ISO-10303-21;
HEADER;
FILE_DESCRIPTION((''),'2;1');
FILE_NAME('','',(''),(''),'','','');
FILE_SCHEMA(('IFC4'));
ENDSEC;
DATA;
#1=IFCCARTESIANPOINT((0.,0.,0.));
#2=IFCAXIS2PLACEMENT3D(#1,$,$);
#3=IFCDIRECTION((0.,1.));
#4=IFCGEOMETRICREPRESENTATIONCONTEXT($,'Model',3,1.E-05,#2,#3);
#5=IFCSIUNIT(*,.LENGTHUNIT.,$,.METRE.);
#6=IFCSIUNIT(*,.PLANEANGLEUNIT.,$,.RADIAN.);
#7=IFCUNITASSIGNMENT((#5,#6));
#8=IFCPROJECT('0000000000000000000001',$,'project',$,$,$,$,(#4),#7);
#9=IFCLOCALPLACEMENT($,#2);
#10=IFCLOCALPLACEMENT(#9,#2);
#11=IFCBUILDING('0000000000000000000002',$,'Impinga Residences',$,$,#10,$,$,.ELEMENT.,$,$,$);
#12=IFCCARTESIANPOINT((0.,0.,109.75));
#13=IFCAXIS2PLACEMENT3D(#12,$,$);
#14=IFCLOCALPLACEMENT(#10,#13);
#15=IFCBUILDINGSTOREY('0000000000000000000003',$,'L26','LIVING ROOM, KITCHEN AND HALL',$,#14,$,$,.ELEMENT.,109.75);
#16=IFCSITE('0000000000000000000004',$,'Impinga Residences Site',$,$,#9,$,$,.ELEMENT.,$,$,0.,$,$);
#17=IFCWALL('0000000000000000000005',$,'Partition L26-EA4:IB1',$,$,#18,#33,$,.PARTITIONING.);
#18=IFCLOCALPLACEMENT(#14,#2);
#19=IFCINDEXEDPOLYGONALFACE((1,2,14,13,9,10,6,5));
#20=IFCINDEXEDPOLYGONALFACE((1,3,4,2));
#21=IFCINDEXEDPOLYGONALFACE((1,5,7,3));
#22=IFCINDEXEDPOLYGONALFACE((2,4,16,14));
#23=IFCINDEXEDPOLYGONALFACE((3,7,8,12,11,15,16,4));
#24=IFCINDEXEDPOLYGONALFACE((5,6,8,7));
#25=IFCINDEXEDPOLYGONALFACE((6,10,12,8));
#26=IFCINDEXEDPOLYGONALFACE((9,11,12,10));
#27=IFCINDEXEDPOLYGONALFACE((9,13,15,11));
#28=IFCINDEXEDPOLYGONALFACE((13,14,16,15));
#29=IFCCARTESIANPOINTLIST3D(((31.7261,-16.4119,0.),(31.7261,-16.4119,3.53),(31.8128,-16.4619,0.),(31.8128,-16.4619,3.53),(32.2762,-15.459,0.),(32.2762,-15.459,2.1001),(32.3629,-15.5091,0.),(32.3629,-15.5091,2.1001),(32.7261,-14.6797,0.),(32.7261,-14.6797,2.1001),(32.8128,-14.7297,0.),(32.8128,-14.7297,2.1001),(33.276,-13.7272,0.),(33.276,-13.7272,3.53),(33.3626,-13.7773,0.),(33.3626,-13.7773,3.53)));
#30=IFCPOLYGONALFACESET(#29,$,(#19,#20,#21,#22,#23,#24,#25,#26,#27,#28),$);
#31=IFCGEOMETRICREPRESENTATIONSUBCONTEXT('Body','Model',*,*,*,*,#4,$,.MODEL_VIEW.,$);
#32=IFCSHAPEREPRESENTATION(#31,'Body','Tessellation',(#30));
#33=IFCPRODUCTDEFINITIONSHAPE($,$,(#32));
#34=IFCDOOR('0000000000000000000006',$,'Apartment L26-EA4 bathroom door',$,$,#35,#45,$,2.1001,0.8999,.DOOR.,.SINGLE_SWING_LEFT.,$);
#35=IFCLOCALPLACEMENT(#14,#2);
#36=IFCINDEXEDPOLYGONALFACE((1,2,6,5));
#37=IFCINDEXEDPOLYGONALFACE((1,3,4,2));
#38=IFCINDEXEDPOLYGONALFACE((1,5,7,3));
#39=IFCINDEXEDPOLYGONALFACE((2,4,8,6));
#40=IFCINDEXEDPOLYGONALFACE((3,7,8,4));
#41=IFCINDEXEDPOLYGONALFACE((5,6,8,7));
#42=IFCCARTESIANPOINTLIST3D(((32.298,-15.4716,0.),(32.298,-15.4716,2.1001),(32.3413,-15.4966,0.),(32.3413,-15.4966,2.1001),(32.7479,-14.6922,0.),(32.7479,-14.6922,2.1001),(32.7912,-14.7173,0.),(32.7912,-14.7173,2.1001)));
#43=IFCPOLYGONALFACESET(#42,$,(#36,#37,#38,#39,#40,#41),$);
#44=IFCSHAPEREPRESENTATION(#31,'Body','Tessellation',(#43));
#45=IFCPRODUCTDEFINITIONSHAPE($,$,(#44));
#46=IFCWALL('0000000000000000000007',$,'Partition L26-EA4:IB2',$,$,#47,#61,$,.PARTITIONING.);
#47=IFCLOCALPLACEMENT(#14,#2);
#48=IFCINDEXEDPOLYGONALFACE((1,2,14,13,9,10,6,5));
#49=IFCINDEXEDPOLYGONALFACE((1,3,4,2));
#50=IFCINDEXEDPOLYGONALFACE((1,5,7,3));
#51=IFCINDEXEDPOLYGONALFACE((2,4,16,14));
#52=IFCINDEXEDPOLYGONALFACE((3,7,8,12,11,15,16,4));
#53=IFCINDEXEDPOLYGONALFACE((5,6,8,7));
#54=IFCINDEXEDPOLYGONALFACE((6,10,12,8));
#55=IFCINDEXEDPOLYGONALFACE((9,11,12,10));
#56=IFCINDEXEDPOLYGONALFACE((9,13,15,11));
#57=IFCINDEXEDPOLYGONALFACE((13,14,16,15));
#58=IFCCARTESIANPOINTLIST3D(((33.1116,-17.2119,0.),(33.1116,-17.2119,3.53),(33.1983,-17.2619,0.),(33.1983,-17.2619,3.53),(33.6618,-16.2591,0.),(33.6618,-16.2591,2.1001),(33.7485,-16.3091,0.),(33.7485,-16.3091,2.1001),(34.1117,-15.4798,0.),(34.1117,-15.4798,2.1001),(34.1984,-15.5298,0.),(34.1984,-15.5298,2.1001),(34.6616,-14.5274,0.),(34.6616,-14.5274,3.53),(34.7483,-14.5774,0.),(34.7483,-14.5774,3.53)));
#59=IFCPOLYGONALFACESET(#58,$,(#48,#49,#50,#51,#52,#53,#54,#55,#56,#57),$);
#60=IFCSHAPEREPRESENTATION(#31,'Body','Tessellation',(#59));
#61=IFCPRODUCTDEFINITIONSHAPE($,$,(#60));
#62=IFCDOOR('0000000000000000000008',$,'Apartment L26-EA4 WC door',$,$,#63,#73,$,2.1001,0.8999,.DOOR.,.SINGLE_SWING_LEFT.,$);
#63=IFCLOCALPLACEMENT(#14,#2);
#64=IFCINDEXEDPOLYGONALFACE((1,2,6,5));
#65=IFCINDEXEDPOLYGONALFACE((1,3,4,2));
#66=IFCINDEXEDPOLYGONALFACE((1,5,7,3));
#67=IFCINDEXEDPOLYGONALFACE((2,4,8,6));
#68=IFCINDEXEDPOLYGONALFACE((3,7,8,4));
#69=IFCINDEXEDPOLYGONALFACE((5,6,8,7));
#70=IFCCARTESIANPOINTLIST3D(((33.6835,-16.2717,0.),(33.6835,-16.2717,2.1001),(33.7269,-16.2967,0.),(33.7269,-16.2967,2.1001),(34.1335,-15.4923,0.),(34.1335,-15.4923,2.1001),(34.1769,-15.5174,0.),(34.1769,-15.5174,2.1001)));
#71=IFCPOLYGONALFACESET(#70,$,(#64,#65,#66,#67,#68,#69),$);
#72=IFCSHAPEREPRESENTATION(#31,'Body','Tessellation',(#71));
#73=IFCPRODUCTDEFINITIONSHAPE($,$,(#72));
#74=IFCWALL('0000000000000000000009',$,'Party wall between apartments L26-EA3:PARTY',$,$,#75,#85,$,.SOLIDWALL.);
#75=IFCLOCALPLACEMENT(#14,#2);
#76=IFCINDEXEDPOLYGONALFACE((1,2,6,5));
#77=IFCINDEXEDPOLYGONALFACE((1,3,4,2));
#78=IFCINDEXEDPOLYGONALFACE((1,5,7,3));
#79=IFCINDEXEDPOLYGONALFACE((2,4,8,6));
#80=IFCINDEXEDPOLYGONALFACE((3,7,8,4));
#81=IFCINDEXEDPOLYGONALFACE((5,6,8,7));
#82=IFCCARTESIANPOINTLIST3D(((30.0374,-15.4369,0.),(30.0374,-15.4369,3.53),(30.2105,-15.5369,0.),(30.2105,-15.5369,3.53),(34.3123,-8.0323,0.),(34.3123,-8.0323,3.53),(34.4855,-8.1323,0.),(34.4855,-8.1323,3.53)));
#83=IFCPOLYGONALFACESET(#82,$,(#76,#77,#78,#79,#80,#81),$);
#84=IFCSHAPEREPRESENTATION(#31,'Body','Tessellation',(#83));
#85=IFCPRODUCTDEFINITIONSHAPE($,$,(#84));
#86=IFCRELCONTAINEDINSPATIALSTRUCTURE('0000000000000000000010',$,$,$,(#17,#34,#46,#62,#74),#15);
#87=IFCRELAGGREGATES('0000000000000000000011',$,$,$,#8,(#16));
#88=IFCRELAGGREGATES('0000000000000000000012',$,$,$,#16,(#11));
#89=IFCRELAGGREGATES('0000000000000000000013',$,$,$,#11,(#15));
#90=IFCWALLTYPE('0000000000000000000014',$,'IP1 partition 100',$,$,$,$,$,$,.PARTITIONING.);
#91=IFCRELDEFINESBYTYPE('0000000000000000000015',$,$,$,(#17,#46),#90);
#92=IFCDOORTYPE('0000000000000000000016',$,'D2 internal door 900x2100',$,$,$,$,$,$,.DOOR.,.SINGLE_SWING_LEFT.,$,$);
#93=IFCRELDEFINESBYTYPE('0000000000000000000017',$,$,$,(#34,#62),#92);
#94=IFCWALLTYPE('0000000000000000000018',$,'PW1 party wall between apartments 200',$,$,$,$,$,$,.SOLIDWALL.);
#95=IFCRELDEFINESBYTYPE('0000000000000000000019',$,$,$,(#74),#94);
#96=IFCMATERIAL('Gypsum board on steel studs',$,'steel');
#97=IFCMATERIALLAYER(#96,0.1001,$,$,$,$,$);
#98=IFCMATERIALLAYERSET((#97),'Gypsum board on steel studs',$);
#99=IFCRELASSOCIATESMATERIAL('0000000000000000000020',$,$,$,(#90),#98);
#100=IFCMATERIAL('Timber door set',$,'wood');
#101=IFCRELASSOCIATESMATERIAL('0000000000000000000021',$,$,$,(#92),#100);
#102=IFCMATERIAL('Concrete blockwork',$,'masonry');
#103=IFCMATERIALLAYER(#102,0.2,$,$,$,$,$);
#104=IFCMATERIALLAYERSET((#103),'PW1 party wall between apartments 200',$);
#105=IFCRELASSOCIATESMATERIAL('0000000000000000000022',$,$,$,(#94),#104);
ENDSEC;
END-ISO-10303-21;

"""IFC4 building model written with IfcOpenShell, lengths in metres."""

from ifc_helpers import new_model, si_unit, direction, frame, frame_2d, origin, place, context, subcontext, project, spatial, rectangle, extrude, material, layer, layer_set, type_object, element, fill, save


model = new_model("IFC4")

# Units and contexts
model_context = context("Model", 3, precision=1e-05, world=origin(), true_north=direction((0.0, 1.0)))
body_context = subcontext(model_context, "Body", "Model", "MODEL_VIEW")
ifc_project = project(units=[si_unit("LENGTHUNIT", "METRE"), si_unit("PLANEANGLEUNIT", "RADIAN")], contexts=[model_context])

# Site, building, storey
site_placement = place(None, origin())
site = spatial("IfcSite", under=ifc_project, at=site_placement, Name="Impinga Residences Site", CompositionType="ELEMENT", RefElevation=0.0)
building_placement = place(site_placement, origin())
building = spatial("IfcBuilding", under=site, at=building_placement, Name="Impinga Residences", CompositionType="ELEMENT")
storey_placement = place(building_placement, frame((0.0, 0.0, 109.75)))
storey = spatial("IfcBuildingStorey", under=building, at=storey_placement, Name="L26", Description="LIVING ROOM, KITCHEN AND HALL", CompositionType="ELEMENT", Elevation=109.75)

# Shared definitions
ifc_material_1 = material(Name="Concrete blockwork", Category="masonry")
ifc_material_2 = material(Name="Timber door set", Category="wood")

# Shared definitions
ifc_material_3 = material(Name="Gypsum board on steel studs", Category="steel")
ifc_layer_1 = layer(ifc_material_3, 0.1001)
ifc_layer_set_1 = layer_set([ifc_layer_1], Name="Gypsum board on steel studs")
wall_type_1 = type_object("IfcWallType", Name="IP1 partition 100", PredefinedType="PARTITIONING", material=ifc_layer_set_1)

# Shared definitions
door_type_1 = type_object("IfcDoorType", Name="D2 internal door 900x2100", OperationType="SINGLE_SWING_LEFT", PredefinedType="DOOR", material=ifc_material_2)

# Walls, openings, doors
wall_1_placement = place(storey_placement, frame((31.7695, -16.4368, 0.0), z_axis=(0.0, 0.0, 1.0), x_axis=(0.499968, 0.866044, 0.0)))
wall_1 = element("IfcWall", 1, at=wall_1_placement, inside=storey, type_object=wall_type_1, Name="Partition L26-EA4:IB1", PredefinedType="PARTITIONING", context=body_context, shape_type="SweptSolid", body=[
    extrude(rectangle(XDim=3.0999, YDim=0.1001, at=frame_2d((1.5498, 0.0))), origin(), (0.0, 0.0, 1.0), 3.53),
])
opening_1_placement = place(wall_1_placement, frame((1.1001, 0.0, 0.0)))
opening_1 = element("IfcOpeningElement", 2, at=opening_1_placement, cuts=wall_1, PredefinedType="OPENING", context=body_context, shape_type="SweptSolid", body=[
    extrude(rectangle(XDim=0.8999, YDim=2.1001, at=frame_2d((0.45, 1.05))), frame((0.0, 0.0601, 0.0), z_axis=(0.0, -1.0, 0.0), x_axis=(1.0, 0.0, 0.0)), (0.0, 0.0, 1.0), 0.1201),
])
door_1_placement = place(opening_1_placement, origin())
door_1 = element("IfcDoor", 3, at=door_1_placement, inside=storey, type_object=door_type_1, Name="Apartment L26-EA4 bathroom door", OperationType="SINGLE_SWING_LEFT", OverallHeight=2.1001, OverallWidth=0.8999, PredefinedType="DOOR", context=body_context, shape_type="SweptSolid", body=[
    extrude(rectangle(XDim=0.8999, YDim=2.1001, at=frame_2d((0.45, 1.05))), frame((0.0, 0.0249, 0.0), z_axis=(0.0, -1.0, 0.0), x_axis=(1.0, 0.0, 0.0)), (0.0, 0.0, 1.0), 0.05),
])
fill(opening_1, door_1)
wall_2_placement = place(storey_placement, frame((33.155, -17.2368, 0.0), z_axis=(0.0, 0.0, 1.0), x_axis=(0.500027, 0.86601, 0.0)))
wall_2 = element("IfcWall", 4, at=wall_2_placement, inside=storey, type_object=wall_type_1, Name="Partition L26-EA4:IB2", PredefinedType="PARTITIONING", context=body_context, shape_type="SweptSolid", body=[
    extrude(rectangle(XDim=3.0999, YDim=0.1001, at=frame_2d((1.5498, 0.0))), origin(), (0.0, 0.0, 1.0), 3.53),
])
opening_2_placement = place(wall_2_placement, frame((1.1001, 0.0, 0.0)))
opening_2 = element("IfcOpeningElement", 5, at=opening_2_placement, cuts=wall_2, PredefinedType="OPENING", context=body_context, shape_type="SweptSolid", body=[
    extrude(rectangle(XDim=0.8999, YDim=2.1001, at=frame_2d((0.45, 1.05))), frame((0.0, 0.0601, 0.0), z_axis=(0.0, -1.0, 0.0), x_axis=(1.0, 0.0, 0.0)), (0.0, 0.0, 1.0), 0.1201),
])
door_2_placement = place(opening_2_placement, origin())
door_2 = element("IfcDoor", 6, at=door_2_placement, inside=storey, type_object=door_type_1, Name="Apartment L26-EA4 WC door", OperationType="SINGLE_SWING_LEFT", OverallHeight=2.1001, OverallWidth=0.8999, PredefinedType="DOOR", context=body_context, shape_type="SweptSolid", body=[
    extrude(rectangle(XDim=0.8999, YDim=2.1001, at=frame_2d((0.45, 1.05))), frame((0.0, 0.0249, 0.0), z_axis=(0.0, -1.0, 0.0), x_axis=(1.0, 0.0, 0.0)), (0.0, 0.0, 1.0), 0.05),
])
fill(opening_2, door_2)

# Wall
ifc_layer_2 = layer(ifc_material_1, 0.2)
ifc_layer_set_2 = layer_set([ifc_layer_2], Name="PW1 party wall between apartments 200")
wall_type_2 = type_object("IfcWallType", Name="PW1 party wall between apartments 200", PredefinedType="SOLIDWALL", material=ifc_layer_set_2)
wall_3_placement = place(storey_placement, frame((30.124, -15.4868, 0.0), z_axis=(0.0, 0.0, 1.0), x_axis=(0.49999, 0.866031, 0.0)))
element("IfcWall", 7, at=wall_3_placement, inside=storey, type_object=wall_type_2, Name="Party wall between apartments L26-EA3:PARTY", PredefinedType="SOLIDWALL", context=body_context, shape_type="SweptSolid", body=[
    extrude(rectangle(XDim=8.55, YDim=0.2, at=frame_2d((4.2749, 0.0))), origin(), (0.0, 0.0, 1.0), 3.53),
])

save(model, "model.ifc")
